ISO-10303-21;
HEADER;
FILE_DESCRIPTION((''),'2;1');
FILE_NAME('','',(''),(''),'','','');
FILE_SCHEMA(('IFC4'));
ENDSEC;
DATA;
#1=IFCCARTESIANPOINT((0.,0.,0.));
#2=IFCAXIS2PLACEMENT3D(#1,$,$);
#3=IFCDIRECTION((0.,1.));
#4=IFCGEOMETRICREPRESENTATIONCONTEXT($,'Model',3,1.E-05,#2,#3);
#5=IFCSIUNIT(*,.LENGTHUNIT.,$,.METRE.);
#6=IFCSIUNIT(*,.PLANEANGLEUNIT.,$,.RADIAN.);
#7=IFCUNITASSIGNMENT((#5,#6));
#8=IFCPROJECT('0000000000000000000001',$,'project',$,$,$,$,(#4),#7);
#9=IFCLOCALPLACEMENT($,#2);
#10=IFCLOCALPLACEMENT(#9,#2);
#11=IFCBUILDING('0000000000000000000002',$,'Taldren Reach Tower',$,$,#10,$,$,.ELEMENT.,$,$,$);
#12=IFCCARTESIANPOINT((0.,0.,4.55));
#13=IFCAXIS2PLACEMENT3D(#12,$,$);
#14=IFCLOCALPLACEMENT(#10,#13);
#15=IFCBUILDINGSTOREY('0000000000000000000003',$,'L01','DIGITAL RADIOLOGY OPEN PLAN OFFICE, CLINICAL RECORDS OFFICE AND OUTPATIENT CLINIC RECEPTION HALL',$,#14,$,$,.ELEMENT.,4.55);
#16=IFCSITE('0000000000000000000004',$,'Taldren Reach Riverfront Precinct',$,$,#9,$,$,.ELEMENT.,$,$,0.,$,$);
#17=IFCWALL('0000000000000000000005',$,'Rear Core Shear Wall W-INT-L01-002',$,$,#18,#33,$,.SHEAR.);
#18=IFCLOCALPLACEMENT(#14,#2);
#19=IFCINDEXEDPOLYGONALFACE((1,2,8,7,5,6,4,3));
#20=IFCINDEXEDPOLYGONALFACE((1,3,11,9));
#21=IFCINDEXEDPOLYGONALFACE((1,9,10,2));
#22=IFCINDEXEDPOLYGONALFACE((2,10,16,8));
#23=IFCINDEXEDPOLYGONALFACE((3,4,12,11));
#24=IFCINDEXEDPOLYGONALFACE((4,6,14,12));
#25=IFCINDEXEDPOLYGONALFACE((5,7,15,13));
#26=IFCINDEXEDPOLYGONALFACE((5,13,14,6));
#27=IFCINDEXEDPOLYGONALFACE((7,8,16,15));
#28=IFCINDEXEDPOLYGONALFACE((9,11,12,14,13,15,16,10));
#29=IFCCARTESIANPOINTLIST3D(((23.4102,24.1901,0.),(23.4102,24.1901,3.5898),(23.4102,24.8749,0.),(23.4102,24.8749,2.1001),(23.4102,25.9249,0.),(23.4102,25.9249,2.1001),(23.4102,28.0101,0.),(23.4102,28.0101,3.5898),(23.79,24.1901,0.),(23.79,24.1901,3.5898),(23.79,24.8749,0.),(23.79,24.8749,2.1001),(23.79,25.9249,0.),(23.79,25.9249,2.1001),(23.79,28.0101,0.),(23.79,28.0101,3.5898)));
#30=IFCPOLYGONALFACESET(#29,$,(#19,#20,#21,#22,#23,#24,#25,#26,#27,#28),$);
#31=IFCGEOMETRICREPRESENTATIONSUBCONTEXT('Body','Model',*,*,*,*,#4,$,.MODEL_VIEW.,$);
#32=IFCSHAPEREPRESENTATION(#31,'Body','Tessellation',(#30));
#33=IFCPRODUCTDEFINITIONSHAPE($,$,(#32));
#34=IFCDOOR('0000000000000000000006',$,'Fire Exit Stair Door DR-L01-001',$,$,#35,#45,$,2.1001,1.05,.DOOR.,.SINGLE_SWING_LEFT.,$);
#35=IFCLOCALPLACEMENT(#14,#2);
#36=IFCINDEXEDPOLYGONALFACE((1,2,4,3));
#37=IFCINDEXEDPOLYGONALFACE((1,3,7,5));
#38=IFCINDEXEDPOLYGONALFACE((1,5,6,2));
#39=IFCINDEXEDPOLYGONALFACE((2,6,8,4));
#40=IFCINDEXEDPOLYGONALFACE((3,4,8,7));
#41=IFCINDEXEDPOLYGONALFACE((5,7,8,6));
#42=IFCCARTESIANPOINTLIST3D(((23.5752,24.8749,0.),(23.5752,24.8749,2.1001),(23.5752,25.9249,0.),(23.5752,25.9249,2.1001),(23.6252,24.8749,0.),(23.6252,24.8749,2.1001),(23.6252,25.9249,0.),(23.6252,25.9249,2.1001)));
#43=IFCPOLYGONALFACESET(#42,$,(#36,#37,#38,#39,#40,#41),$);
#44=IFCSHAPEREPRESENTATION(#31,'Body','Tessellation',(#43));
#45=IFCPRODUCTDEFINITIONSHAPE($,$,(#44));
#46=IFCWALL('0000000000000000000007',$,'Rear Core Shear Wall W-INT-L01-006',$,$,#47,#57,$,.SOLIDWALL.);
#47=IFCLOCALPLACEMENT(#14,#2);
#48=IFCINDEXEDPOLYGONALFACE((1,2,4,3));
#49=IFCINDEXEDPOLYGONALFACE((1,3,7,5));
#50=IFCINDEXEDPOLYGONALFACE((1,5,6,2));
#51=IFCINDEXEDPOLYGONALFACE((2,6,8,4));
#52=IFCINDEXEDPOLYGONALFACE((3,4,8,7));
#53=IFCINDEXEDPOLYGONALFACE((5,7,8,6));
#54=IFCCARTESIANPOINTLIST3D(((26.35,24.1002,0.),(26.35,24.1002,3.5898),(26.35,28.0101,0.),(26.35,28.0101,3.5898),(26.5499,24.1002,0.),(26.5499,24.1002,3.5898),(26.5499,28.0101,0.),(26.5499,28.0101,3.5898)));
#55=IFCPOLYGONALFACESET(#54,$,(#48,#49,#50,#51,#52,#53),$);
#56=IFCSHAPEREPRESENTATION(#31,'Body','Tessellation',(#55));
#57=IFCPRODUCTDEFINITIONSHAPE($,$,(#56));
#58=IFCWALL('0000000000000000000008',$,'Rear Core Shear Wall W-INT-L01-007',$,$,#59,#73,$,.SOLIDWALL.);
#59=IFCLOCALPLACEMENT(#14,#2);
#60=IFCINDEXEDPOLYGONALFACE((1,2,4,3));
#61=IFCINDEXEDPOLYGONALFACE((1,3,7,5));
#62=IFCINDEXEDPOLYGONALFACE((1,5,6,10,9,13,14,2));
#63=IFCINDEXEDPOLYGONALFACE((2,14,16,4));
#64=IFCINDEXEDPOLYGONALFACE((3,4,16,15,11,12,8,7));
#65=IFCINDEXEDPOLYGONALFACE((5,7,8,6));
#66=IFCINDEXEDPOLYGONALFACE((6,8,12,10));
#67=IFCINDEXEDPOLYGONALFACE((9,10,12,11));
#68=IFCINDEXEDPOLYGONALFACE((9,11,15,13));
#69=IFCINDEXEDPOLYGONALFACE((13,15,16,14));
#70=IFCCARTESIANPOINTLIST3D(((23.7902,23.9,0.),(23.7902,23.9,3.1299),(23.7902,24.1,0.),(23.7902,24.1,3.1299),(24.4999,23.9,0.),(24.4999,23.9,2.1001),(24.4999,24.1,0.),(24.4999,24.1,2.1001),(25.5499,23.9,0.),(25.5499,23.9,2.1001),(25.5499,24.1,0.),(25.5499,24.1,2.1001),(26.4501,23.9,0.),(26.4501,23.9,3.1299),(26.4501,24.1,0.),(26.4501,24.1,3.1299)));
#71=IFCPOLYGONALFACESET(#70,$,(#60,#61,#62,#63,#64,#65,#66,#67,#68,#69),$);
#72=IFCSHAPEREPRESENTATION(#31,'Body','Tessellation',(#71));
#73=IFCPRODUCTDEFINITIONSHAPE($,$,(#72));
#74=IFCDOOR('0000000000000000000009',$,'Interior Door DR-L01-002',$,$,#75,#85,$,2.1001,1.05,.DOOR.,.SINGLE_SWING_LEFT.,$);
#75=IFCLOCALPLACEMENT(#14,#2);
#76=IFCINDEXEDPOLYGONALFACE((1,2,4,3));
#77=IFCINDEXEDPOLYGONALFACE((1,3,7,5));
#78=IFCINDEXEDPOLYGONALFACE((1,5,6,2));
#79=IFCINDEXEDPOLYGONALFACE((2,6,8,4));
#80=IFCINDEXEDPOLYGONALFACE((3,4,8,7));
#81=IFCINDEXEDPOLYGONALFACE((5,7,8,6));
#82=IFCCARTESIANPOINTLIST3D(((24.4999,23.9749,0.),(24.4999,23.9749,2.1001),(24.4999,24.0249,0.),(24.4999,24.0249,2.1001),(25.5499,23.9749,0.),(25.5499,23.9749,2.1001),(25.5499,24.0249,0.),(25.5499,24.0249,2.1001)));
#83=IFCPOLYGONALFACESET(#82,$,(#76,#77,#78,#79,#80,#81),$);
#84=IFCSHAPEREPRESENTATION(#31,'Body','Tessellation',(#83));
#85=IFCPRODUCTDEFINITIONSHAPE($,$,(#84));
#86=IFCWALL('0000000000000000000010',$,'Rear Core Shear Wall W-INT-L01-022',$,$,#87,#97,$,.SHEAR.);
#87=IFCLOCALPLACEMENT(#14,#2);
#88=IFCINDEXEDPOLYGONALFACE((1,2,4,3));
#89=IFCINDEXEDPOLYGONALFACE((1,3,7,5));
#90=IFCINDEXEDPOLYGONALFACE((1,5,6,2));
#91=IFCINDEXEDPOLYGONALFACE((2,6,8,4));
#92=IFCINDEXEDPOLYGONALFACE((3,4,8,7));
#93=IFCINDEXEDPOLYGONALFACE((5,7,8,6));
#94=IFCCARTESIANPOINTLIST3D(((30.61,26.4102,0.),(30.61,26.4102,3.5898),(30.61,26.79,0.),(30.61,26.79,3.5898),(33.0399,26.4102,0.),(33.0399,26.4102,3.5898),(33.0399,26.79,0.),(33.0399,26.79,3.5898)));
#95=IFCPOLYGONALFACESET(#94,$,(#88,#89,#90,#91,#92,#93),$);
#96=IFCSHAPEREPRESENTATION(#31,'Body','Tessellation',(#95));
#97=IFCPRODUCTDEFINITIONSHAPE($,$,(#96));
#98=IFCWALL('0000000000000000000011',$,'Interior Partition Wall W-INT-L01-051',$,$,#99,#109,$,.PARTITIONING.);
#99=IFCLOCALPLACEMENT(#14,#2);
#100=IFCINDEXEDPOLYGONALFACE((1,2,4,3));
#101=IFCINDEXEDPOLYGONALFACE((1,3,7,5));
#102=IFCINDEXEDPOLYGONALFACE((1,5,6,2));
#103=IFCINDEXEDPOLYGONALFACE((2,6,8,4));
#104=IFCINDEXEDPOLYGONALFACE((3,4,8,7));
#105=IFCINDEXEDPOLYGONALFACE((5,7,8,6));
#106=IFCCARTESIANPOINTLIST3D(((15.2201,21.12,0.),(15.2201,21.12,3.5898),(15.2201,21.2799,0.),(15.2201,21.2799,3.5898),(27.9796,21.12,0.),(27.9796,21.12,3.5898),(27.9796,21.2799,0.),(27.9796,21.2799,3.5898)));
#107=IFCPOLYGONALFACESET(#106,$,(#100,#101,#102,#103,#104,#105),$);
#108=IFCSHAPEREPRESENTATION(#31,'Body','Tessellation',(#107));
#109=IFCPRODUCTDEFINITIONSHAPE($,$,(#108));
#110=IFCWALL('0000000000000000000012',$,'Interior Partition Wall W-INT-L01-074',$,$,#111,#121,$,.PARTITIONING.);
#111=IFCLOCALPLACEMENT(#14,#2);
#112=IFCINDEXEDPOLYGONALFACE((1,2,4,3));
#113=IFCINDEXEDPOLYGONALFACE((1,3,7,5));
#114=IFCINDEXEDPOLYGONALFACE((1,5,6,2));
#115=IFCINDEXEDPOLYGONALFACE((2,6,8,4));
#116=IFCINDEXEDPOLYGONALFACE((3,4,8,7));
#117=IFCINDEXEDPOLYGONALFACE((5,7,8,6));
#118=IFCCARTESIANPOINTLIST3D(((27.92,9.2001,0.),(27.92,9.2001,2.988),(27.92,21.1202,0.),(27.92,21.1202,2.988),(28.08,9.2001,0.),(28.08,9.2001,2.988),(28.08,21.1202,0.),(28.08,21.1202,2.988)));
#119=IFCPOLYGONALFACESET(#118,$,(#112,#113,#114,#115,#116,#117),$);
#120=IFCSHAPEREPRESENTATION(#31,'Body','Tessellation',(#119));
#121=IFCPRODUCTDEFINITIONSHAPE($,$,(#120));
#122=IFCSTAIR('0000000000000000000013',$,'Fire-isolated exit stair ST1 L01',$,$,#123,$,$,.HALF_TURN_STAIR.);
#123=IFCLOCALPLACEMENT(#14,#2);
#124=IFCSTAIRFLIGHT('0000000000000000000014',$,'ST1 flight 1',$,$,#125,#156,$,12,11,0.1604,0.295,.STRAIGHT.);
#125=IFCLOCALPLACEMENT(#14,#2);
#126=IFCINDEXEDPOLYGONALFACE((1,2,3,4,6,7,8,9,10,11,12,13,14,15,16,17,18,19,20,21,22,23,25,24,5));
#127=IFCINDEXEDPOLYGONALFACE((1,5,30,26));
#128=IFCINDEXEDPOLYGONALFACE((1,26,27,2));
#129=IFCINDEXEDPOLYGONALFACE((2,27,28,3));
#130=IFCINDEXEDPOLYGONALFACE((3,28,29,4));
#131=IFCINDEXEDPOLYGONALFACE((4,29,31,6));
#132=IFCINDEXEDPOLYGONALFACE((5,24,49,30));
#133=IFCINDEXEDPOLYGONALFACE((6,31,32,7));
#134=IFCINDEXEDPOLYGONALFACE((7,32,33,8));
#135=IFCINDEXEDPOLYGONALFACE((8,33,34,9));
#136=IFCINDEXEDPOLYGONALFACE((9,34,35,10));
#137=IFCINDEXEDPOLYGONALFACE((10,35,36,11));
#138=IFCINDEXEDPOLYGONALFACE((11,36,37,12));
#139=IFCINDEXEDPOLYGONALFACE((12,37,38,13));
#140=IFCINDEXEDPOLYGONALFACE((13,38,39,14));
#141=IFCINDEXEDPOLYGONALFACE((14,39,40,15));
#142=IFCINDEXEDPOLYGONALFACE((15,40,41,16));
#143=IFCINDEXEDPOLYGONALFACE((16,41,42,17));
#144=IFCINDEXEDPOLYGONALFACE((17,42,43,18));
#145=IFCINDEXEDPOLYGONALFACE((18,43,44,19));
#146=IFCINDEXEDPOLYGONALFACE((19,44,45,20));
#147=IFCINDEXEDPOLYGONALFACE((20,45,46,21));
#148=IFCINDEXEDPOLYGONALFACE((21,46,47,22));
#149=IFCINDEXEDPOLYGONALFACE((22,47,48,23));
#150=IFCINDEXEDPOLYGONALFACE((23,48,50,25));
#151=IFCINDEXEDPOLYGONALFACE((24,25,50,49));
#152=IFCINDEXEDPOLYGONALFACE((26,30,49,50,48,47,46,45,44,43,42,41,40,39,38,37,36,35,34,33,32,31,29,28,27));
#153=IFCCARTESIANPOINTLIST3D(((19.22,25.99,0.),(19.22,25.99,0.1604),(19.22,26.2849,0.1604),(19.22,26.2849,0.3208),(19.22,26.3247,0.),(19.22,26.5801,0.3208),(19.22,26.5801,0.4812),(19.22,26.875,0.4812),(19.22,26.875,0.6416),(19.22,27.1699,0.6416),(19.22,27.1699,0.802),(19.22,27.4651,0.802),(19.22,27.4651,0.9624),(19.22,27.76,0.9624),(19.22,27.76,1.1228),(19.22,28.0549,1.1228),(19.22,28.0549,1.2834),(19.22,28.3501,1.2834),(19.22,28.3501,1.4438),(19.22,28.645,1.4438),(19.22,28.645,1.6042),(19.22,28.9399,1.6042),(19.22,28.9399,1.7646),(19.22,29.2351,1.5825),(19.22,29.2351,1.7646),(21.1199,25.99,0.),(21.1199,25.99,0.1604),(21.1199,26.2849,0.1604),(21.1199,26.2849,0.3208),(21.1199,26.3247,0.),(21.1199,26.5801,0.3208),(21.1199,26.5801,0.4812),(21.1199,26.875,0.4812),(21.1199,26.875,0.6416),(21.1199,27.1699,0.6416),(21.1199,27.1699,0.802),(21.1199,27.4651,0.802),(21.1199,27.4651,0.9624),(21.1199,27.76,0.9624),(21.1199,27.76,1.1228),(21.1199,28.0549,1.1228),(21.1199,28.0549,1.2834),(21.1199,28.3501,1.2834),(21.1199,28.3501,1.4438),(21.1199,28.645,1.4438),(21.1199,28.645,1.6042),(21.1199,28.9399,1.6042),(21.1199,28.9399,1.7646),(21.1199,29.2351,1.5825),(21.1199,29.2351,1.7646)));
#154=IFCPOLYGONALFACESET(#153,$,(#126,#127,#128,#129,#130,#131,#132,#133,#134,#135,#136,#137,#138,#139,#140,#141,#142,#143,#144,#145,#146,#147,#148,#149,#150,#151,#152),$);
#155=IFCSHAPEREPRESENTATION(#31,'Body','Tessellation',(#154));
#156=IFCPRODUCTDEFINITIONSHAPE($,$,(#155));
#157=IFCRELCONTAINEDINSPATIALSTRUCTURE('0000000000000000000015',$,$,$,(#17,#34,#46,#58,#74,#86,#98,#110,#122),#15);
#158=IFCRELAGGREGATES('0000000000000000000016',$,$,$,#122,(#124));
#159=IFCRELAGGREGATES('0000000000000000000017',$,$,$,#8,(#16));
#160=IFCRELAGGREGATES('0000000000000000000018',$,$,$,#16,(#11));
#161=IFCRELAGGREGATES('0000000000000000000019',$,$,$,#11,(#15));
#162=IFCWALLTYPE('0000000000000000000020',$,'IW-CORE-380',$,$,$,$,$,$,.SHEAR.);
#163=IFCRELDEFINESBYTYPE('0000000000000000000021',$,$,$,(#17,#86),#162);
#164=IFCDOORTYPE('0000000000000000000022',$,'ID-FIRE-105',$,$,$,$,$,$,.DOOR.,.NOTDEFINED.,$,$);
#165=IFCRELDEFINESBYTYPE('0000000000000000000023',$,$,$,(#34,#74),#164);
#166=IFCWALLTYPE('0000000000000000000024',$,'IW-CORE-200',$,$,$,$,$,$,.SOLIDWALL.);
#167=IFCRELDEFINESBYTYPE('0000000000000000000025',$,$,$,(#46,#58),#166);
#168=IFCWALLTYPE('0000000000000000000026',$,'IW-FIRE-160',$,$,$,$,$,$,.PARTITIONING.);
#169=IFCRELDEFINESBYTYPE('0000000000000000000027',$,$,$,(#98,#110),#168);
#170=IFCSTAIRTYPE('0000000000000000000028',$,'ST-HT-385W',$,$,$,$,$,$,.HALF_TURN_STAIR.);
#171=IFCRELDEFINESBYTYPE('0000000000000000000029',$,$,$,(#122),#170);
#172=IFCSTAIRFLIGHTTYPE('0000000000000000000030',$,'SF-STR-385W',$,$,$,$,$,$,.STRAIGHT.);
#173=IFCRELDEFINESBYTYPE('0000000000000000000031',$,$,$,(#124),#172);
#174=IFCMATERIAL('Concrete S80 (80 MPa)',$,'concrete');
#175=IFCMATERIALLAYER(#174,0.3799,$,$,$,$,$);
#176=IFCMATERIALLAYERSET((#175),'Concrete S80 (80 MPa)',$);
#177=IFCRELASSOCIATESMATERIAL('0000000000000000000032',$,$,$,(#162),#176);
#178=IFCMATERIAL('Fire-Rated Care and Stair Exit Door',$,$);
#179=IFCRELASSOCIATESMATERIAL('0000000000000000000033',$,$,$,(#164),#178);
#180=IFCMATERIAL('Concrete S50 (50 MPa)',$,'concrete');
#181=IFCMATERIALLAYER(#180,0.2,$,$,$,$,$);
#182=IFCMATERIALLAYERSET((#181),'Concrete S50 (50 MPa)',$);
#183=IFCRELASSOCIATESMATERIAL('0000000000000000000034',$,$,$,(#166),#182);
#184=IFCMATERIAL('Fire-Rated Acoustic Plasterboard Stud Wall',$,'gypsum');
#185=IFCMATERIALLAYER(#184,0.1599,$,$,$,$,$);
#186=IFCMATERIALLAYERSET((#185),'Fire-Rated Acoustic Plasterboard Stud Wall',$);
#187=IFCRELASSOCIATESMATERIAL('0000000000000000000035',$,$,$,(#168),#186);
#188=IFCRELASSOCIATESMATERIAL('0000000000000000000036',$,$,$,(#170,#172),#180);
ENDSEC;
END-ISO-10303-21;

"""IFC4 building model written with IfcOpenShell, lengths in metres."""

from ifc_helpers import new_model, si_unit, direction, frame, frame_2d, origin, place, context, subcontext, project, spatial, polyline, rectangle, outline, extrude, source, transform, mapped, material, layer, layer_set, type_object, element, fill, aggregate, save


model = new_model("IFC4")

# Units and contexts
model_context = context("Model", 3, precision=1e-05, world=origin(), true_north=direction((0.0, 1.0)))
body_context = subcontext(model_context, "Body", "Model", "MODEL_VIEW")
ifc_project = project(units=[si_unit("LENGTHUNIT", "METRE"), si_unit("PLANEANGLEUNIT", "RADIAN")], contexts=[model_context])

# Site, building, storey
site_placement = place(None, origin())
site = spatial("IfcSite", under=ifc_project, at=site_placement, Name="Taldren Reach Riverfront Precinct", CompositionType="ELEMENT", RefElevation=0.0)
building_placement = place(site_placement, origin())
building = spatial("IfcBuilding", under=site, at=building_placement, Name="Taldren Reach Tower", CompositionType="ELEMENT")
storey_placement = place(building_placement, frame((0.0, 0.0, 4.55)))
storey = spatial("IfcBuildingStorey", under=building, at=storey_placement, Name="L01", Description="DIGITAL RADIOLOGY OPEN PLAN OFFICE, CLINICAL RECORDS OFFICE AND OUTPATIENT CLINIC RECEPTION HALL", CompositionType="ELEMENT", Elevation=4.55)

# Shared definitions
ifc_material_1 = material(Name="Concrete S80 (80 MPa)", Category="concrete")
ifc_layer_1 = layer(ifc_material_1, 0.3799)
ifc_layer_set_1 = layer_set([ifc_layer_1], Name="Concrete S80 (80 MPa)")
wall_type_1 = type_object("IfcWallType", Name="IW-CORE-380", PredefinedType="SHEAR", material=ifc_layer_set_1)

# Wall, opening, door
shared_shape_1 = source(origin(), body_context, "Body", "SweptSolid", [
    extrude(rectangle(XDim=3.8201, YDim=0.3799, at=frame_2d((1.9102, 0.0))), origin(), (0.0, 0.0, 1.0), 3.5898),
])
wall_1_placement = place(storey_placement, frame((23.6001, 24.1899, 0.0), z_axis=(0.0, 0.0, 1.0), x_axis=(0.0, 1.0, 0.0)))
wall_1 = element("IfcWall", 1, at=wall_1_placement, inside=storey, type_object=wall_type_1, Name="Rear Core Shear Wall W-INT-L01-002", PredefinedType="SHEAR", context=body_context, shape_type="MappedRepresentation", body=[
    mapped(shared_shape_1, transform((0.0, 0.0, 0.0), scale=1.0)),
])
shared_shape_2 = source(origin(), body_context, "Body", "SweptSolid", [
    extrude(rectangle(XDim=1.05, YDim=2.1001, at=frame_2d((0.5249, 1.05))), frame((0.0, 0.2, 0.0), z_axis=(0.0, -1.0, 0.0), x_axis=(1.0, 0.0, 0.0)), (0.0, 0.0, 1.0), 0.3999),
])
opening_1_placement = place(wall_1_placement, frame((0.6851, 0.0, 0.0)))
opening_1 = element("IfcOpeningElement", 2, at=opening_1_placement, cuts=wall_1, PredefinedType="OPENING", context=body_context, shape_type="MappedRepresentation", body=[
    mapped(shared_shape_2, transform((0.0, 0.0, 0.0), scale=1.0)),
])
ifc_material_2 = material(Name="Fire-Rated Care and Stair Exit Door")
door_type = type_object("IfcDoorType", Name="ID-FIRE-105", OperationType="NOTDEFINED", PredefinedType="DOOR", material=ifc_material_2)
shared_shape_3 = source(origin(), body_context, "Body", "SweptSolid", [
    extrude(rectangle(XDim=1.05, YDim=2.1001, at=frame_2d((0.5249, 1.05))), frame((0.0, 0.0249, 0.0), z_axis=(0.0, -1.0, 0.0), x_axis=(1.0, 0.0, 0.0)), (0.0, 0.0, 1.0), 0.05),
])
door_1_placement = place(opening_1_placement, origin())
door_1 = element("IfcDoor", 3, at=door_1_placement, inside=storey, type_object=door_type, Name="Fire Exit Stair Door DR-L01-001", OperationType="SINGLE_SWING_LEFT", OverallHeight=2.1001, OverallWidth=1.05, PredefinedType="DOOR", context=body_context, shape_type="MappedRepresentation", body=[
    mapped(shared_shape_3, transform((0.0, 0.0, 0.0), scale=1.0)),
])
fill(opening_1, door_1)

# Wall
ifc_material_3 = material(Name="Concrete S50 (50 MPa)", Category="concrete")
ifc_layer_2 = layer(ifc_material_3, 0.2)
ifc_layer_set_2 = layer_set([ifc_layer_2], Name="Concrete S50 (50 MPa)")
wall_type_2 = type_object("IfcWallType", Name="IW-CORE-200", PredefinedType="SOLIDWALL", material=ifc_layer_set_2)
shared_shape_4 = source(origin(), body_context, "Body", "SweptSolid", [
    extrude(rectangle(XDim=3.9099, YDim=0.2, at=frame_2d((1.9551, 0.0))), origin(), (0.0, 0.0, 1.0), 3.5898),
])
wall_2_placement = place(storey_placement, frame((26.45, 24.1001, 0.0), z_axis=(0.0, 0.0, 1.0), x_axis=(0.0, 1.0, 0.0)))
element("IfcWall", 4, at=wall_2_placement, inside=storey, type_object=wall_type_2, Name="Rear Core Shear Wall W-INT-L01-006", PredefinedType="SOLIDWALL", context=body_context, shape_type="MappedRepresentation", body=[
    mapped(shared_shape_4, transform((0.0, 0.0, 0.0), scale=1.0)),
])

# Wall, opening, door
shared_shape_5 = source(origin(), body_context, "Body", "SweptSolid", [
    extrude(rectangle(XDim=2.6599, YDim=0.2, at=frame_2d((1.3301, 0.0))), origin(), (0.0, 0.0, 1.0), 3.1299),
])
wall_3_placement = place(storey_placement, frame((23.79, 24.0, 0.0), z_axis=(0.0, 0.0, 1.0), x_axis=(1.0, 0.0, 0.0)))
wall_3 = element("IfcWall", 5, at=wall_3_placement, inside=storey, type_object=wall_type_2, Name="Rear Core Shear Wall W-INT-L01-007", PredefinedType="SOLIDWALL", context=body_context, shape_type="MappedRepresentation", body=[
    mapped(shared_shape_5, transform((0.0, 0.0, 0.0), scale=1.0)),
])
shared_shape_6 = source(origin(), body_context, "Body", "SweptSolid", [
    extrude(rectangle(XDim=1.05, YDim=2.1001, at=frame_2d((0.5249, 1.05))), frame((0.0, 0.1099, 0.0), z_axis=(0.0, -1.0, 0.0), x_axis=(1.0, 0.0, 0.0)), (0.0, 0.0, 1.0), 0.22),
])
opening_2_placement = place(wall_3_placement, frame((0.71, 0.0, 0.0)))
opening_2 = element("IfcOpeningElement", 6, at=opening_2_placement, cuts=wall_3, PredefinedType="OPENING", context=body_context, shape_type="MappedRepresentation", body=[
    mapped(shared_shape_6, transform((0.0, 0.0, 0.0), scale=1.0)),
])
door_2_placement = place(opening_2_placement, origin())
door_2 = element("IfcDoor", 7, at=door_2_placement, inside=storey, type_object=door_type, Name="Interior Door DR-L01-002", OperationType="SINGLE_SWING_LEFT", OverallHeight=2.1001, OverallWidth=1.05, PredefinedType="DOOR", context=body_context, shape_type="MappedRepresentation", body=[
    mapped(shared_shape_3, transform((0.0, 0.0, 0.0), scale=1.0)),
])
fill(opening_2, door_2)

# Walls
shared_shape_7 = source(origin(), body_context, "Body", "SweptSolid", [
    extrude(rectangle(XDim=2.4299, YDim=0.3799, at=frame_2d((1.2148, 0.0))), origin(), (0.0, 0.0, 1.0), 3.5898),
])
wall_4_placement = place(storey_placement, frame((30.6101, 26.6001, 0.0), z_axis=(0.0, 0.0, 1.0), x_axis=(1.0, 0.0, 0.0)))
element("IfcWall", 8, at=wall_4_placement, inside=storey, type_object=wall_type_1, Name="Rear Core Shear Wall W-INT-L01-022", PredefinedType="SHEAR", context=body_context, shape_type="MappedRepresentation", body=[
    mapped(shared_shape_7, transform((0.0, 0.0, 0.0), scale=1.0)),
])
ifc_material_4 = material(Name="Fire-Rated Acoustic Plasterboard Stud Wall", Category="gypsum")
ifc_layer_3 = layer(ifc_material_4, 0.1599)
ifc_layer_set_3 = layer_set([ifc_layer_3], Name="Fire-Rated Acoustic Plasterboard Stud Wall")
wall_type_3 = type_object("IfcWallType", Name="IW-FIRE-160", PredefinedType="PARTITIONING", material=ifc_layer_set_3)
shared_shape_8 = source(origin(), body_context, "Body", "SweptSolid", [
    extrude(rectangle(XDim=12.7595, YDim=0.1599, at=frame_2d((6.3799, 0.0))), origin(), (0.0, 0.0, 1.0), 3.5898),
])
wall_5_placement = place(storey_placement, frame((27.9797, 21.2, 0.0), z_axis=(0.0, 0.0, 1.0), x_axis=(-1.0, 0.0, 0.0)))
element("IfcWall", 9, at=wall_5_placement, inside=storey, type_object=wall_type_3, Name="Interior Partition Wall W-INT-L01-051", PredefinedType="PARTITIONING", context=body_context, shape_type="MappedRepresentation", body=[
    mapped(shared_shape_8, transform((0.0, 0.0, 0.0), scale=1.0)),
])
shared_shape_9 = source(origin(), body_context, "Body", "SweptSolid", [
    extrude(rectangle(XDim=11.9202, YDim=0.1599, at=frame_2d((5.96, 0.0))), origin(), (0.0, 0.0, 1.0), 2.988),
])
wall_6_placement = place(storey_placement, frame((28.0, 21.1201, 0.0), z_axis=(0.0, 0.0, 1.0), x_axis=(0.0, -1.0, 0.0)))
element("IfcWall", 10, at=wall_6_placement, inside=storey, type_object=wall_type_3, Name="Interior Partition Wall W-INT-L01-074", PredefinedType="PARTITIONING", context=body_context, shape_type="MappedRepresentation", body=[
    mapped(shared_shape_9, transform((0.0, 0.0, 0.0), scale=1.0)),
])

# Stair, stair flight
stair_type = type_object("IfcStairType", Name="ST-HT-385W", PredefinedType="HALF_TURN_STAIR", material=ifc_material_3)
stair_placement = place(storey_placement, origin())
stair = element("IfcStair", 11, at=stair_placement, inside=storey, type_object=stair_type, Name="Fire-isolated exit stair ST1 L01", PredefinedType="HALF_TURN_STAIR")
stair_flight_type = type_object("IfcStairFlightType", Name="SF-STR-385W", PredefinedType="STRAIGHT", material=ifc_material_3)
stair_flight_placement = place(storey_placement, frame((20.1699, 25.99, 0.0), z_axis=(0.0, 0.0, 1.0), x_axis=(0.0, 1.0, 0.0)))
stair_flight = element("IfcStairFlight", 12, at=stair_flight_placement, type_object=stair_flight_type, Name="ST1 flight 1", NumberOfRisers=12, NumberOfTreads=11, PredefinedType="STRAIGHT", RiserHeight=0.1604, TreadLength=0.295, context=body_context, shape_type="SweptSolid", body=[
    extrude(outline(polyline([(0.0, 0.0), (0.0, 0.1604), (0.2949, 0.1604), (0.2949, 0.3208), (0.5901, 0.3208), (0.5901, 0.4812), (0.885, 0.4812), (0.885, 0.6416), (1.1799, 0.6416), (1.1799, 0.802), (1.4751, 0.802), (1.4751, 0.9624), (1.77, 0.9624), (1.77, 1.1228), (2.0649, 1.1228), (2.0649, 1.2834), (2.3601, 1.2834), (2.3601, 1.4438), (2.655, 1.4438), (2.655, 1.6042), (2.95, 1.6042), (2.95, 1.7646), (3.2451, 1.7646), (3.2451, 1.925), (3.2451, 1.5825), (0.3347, 0.0), (0.0, 0.0)])), frame((0.0, 0.95, 0.0), z_axis=(0.0, -1.0, 0.0), x_axis=(1.0, 0.0, 0.0)), (0.0, 0.0, 1.0), 1.8999),
])
aggregate(stair, [stair_flight])

save(model, "model.ifc")
